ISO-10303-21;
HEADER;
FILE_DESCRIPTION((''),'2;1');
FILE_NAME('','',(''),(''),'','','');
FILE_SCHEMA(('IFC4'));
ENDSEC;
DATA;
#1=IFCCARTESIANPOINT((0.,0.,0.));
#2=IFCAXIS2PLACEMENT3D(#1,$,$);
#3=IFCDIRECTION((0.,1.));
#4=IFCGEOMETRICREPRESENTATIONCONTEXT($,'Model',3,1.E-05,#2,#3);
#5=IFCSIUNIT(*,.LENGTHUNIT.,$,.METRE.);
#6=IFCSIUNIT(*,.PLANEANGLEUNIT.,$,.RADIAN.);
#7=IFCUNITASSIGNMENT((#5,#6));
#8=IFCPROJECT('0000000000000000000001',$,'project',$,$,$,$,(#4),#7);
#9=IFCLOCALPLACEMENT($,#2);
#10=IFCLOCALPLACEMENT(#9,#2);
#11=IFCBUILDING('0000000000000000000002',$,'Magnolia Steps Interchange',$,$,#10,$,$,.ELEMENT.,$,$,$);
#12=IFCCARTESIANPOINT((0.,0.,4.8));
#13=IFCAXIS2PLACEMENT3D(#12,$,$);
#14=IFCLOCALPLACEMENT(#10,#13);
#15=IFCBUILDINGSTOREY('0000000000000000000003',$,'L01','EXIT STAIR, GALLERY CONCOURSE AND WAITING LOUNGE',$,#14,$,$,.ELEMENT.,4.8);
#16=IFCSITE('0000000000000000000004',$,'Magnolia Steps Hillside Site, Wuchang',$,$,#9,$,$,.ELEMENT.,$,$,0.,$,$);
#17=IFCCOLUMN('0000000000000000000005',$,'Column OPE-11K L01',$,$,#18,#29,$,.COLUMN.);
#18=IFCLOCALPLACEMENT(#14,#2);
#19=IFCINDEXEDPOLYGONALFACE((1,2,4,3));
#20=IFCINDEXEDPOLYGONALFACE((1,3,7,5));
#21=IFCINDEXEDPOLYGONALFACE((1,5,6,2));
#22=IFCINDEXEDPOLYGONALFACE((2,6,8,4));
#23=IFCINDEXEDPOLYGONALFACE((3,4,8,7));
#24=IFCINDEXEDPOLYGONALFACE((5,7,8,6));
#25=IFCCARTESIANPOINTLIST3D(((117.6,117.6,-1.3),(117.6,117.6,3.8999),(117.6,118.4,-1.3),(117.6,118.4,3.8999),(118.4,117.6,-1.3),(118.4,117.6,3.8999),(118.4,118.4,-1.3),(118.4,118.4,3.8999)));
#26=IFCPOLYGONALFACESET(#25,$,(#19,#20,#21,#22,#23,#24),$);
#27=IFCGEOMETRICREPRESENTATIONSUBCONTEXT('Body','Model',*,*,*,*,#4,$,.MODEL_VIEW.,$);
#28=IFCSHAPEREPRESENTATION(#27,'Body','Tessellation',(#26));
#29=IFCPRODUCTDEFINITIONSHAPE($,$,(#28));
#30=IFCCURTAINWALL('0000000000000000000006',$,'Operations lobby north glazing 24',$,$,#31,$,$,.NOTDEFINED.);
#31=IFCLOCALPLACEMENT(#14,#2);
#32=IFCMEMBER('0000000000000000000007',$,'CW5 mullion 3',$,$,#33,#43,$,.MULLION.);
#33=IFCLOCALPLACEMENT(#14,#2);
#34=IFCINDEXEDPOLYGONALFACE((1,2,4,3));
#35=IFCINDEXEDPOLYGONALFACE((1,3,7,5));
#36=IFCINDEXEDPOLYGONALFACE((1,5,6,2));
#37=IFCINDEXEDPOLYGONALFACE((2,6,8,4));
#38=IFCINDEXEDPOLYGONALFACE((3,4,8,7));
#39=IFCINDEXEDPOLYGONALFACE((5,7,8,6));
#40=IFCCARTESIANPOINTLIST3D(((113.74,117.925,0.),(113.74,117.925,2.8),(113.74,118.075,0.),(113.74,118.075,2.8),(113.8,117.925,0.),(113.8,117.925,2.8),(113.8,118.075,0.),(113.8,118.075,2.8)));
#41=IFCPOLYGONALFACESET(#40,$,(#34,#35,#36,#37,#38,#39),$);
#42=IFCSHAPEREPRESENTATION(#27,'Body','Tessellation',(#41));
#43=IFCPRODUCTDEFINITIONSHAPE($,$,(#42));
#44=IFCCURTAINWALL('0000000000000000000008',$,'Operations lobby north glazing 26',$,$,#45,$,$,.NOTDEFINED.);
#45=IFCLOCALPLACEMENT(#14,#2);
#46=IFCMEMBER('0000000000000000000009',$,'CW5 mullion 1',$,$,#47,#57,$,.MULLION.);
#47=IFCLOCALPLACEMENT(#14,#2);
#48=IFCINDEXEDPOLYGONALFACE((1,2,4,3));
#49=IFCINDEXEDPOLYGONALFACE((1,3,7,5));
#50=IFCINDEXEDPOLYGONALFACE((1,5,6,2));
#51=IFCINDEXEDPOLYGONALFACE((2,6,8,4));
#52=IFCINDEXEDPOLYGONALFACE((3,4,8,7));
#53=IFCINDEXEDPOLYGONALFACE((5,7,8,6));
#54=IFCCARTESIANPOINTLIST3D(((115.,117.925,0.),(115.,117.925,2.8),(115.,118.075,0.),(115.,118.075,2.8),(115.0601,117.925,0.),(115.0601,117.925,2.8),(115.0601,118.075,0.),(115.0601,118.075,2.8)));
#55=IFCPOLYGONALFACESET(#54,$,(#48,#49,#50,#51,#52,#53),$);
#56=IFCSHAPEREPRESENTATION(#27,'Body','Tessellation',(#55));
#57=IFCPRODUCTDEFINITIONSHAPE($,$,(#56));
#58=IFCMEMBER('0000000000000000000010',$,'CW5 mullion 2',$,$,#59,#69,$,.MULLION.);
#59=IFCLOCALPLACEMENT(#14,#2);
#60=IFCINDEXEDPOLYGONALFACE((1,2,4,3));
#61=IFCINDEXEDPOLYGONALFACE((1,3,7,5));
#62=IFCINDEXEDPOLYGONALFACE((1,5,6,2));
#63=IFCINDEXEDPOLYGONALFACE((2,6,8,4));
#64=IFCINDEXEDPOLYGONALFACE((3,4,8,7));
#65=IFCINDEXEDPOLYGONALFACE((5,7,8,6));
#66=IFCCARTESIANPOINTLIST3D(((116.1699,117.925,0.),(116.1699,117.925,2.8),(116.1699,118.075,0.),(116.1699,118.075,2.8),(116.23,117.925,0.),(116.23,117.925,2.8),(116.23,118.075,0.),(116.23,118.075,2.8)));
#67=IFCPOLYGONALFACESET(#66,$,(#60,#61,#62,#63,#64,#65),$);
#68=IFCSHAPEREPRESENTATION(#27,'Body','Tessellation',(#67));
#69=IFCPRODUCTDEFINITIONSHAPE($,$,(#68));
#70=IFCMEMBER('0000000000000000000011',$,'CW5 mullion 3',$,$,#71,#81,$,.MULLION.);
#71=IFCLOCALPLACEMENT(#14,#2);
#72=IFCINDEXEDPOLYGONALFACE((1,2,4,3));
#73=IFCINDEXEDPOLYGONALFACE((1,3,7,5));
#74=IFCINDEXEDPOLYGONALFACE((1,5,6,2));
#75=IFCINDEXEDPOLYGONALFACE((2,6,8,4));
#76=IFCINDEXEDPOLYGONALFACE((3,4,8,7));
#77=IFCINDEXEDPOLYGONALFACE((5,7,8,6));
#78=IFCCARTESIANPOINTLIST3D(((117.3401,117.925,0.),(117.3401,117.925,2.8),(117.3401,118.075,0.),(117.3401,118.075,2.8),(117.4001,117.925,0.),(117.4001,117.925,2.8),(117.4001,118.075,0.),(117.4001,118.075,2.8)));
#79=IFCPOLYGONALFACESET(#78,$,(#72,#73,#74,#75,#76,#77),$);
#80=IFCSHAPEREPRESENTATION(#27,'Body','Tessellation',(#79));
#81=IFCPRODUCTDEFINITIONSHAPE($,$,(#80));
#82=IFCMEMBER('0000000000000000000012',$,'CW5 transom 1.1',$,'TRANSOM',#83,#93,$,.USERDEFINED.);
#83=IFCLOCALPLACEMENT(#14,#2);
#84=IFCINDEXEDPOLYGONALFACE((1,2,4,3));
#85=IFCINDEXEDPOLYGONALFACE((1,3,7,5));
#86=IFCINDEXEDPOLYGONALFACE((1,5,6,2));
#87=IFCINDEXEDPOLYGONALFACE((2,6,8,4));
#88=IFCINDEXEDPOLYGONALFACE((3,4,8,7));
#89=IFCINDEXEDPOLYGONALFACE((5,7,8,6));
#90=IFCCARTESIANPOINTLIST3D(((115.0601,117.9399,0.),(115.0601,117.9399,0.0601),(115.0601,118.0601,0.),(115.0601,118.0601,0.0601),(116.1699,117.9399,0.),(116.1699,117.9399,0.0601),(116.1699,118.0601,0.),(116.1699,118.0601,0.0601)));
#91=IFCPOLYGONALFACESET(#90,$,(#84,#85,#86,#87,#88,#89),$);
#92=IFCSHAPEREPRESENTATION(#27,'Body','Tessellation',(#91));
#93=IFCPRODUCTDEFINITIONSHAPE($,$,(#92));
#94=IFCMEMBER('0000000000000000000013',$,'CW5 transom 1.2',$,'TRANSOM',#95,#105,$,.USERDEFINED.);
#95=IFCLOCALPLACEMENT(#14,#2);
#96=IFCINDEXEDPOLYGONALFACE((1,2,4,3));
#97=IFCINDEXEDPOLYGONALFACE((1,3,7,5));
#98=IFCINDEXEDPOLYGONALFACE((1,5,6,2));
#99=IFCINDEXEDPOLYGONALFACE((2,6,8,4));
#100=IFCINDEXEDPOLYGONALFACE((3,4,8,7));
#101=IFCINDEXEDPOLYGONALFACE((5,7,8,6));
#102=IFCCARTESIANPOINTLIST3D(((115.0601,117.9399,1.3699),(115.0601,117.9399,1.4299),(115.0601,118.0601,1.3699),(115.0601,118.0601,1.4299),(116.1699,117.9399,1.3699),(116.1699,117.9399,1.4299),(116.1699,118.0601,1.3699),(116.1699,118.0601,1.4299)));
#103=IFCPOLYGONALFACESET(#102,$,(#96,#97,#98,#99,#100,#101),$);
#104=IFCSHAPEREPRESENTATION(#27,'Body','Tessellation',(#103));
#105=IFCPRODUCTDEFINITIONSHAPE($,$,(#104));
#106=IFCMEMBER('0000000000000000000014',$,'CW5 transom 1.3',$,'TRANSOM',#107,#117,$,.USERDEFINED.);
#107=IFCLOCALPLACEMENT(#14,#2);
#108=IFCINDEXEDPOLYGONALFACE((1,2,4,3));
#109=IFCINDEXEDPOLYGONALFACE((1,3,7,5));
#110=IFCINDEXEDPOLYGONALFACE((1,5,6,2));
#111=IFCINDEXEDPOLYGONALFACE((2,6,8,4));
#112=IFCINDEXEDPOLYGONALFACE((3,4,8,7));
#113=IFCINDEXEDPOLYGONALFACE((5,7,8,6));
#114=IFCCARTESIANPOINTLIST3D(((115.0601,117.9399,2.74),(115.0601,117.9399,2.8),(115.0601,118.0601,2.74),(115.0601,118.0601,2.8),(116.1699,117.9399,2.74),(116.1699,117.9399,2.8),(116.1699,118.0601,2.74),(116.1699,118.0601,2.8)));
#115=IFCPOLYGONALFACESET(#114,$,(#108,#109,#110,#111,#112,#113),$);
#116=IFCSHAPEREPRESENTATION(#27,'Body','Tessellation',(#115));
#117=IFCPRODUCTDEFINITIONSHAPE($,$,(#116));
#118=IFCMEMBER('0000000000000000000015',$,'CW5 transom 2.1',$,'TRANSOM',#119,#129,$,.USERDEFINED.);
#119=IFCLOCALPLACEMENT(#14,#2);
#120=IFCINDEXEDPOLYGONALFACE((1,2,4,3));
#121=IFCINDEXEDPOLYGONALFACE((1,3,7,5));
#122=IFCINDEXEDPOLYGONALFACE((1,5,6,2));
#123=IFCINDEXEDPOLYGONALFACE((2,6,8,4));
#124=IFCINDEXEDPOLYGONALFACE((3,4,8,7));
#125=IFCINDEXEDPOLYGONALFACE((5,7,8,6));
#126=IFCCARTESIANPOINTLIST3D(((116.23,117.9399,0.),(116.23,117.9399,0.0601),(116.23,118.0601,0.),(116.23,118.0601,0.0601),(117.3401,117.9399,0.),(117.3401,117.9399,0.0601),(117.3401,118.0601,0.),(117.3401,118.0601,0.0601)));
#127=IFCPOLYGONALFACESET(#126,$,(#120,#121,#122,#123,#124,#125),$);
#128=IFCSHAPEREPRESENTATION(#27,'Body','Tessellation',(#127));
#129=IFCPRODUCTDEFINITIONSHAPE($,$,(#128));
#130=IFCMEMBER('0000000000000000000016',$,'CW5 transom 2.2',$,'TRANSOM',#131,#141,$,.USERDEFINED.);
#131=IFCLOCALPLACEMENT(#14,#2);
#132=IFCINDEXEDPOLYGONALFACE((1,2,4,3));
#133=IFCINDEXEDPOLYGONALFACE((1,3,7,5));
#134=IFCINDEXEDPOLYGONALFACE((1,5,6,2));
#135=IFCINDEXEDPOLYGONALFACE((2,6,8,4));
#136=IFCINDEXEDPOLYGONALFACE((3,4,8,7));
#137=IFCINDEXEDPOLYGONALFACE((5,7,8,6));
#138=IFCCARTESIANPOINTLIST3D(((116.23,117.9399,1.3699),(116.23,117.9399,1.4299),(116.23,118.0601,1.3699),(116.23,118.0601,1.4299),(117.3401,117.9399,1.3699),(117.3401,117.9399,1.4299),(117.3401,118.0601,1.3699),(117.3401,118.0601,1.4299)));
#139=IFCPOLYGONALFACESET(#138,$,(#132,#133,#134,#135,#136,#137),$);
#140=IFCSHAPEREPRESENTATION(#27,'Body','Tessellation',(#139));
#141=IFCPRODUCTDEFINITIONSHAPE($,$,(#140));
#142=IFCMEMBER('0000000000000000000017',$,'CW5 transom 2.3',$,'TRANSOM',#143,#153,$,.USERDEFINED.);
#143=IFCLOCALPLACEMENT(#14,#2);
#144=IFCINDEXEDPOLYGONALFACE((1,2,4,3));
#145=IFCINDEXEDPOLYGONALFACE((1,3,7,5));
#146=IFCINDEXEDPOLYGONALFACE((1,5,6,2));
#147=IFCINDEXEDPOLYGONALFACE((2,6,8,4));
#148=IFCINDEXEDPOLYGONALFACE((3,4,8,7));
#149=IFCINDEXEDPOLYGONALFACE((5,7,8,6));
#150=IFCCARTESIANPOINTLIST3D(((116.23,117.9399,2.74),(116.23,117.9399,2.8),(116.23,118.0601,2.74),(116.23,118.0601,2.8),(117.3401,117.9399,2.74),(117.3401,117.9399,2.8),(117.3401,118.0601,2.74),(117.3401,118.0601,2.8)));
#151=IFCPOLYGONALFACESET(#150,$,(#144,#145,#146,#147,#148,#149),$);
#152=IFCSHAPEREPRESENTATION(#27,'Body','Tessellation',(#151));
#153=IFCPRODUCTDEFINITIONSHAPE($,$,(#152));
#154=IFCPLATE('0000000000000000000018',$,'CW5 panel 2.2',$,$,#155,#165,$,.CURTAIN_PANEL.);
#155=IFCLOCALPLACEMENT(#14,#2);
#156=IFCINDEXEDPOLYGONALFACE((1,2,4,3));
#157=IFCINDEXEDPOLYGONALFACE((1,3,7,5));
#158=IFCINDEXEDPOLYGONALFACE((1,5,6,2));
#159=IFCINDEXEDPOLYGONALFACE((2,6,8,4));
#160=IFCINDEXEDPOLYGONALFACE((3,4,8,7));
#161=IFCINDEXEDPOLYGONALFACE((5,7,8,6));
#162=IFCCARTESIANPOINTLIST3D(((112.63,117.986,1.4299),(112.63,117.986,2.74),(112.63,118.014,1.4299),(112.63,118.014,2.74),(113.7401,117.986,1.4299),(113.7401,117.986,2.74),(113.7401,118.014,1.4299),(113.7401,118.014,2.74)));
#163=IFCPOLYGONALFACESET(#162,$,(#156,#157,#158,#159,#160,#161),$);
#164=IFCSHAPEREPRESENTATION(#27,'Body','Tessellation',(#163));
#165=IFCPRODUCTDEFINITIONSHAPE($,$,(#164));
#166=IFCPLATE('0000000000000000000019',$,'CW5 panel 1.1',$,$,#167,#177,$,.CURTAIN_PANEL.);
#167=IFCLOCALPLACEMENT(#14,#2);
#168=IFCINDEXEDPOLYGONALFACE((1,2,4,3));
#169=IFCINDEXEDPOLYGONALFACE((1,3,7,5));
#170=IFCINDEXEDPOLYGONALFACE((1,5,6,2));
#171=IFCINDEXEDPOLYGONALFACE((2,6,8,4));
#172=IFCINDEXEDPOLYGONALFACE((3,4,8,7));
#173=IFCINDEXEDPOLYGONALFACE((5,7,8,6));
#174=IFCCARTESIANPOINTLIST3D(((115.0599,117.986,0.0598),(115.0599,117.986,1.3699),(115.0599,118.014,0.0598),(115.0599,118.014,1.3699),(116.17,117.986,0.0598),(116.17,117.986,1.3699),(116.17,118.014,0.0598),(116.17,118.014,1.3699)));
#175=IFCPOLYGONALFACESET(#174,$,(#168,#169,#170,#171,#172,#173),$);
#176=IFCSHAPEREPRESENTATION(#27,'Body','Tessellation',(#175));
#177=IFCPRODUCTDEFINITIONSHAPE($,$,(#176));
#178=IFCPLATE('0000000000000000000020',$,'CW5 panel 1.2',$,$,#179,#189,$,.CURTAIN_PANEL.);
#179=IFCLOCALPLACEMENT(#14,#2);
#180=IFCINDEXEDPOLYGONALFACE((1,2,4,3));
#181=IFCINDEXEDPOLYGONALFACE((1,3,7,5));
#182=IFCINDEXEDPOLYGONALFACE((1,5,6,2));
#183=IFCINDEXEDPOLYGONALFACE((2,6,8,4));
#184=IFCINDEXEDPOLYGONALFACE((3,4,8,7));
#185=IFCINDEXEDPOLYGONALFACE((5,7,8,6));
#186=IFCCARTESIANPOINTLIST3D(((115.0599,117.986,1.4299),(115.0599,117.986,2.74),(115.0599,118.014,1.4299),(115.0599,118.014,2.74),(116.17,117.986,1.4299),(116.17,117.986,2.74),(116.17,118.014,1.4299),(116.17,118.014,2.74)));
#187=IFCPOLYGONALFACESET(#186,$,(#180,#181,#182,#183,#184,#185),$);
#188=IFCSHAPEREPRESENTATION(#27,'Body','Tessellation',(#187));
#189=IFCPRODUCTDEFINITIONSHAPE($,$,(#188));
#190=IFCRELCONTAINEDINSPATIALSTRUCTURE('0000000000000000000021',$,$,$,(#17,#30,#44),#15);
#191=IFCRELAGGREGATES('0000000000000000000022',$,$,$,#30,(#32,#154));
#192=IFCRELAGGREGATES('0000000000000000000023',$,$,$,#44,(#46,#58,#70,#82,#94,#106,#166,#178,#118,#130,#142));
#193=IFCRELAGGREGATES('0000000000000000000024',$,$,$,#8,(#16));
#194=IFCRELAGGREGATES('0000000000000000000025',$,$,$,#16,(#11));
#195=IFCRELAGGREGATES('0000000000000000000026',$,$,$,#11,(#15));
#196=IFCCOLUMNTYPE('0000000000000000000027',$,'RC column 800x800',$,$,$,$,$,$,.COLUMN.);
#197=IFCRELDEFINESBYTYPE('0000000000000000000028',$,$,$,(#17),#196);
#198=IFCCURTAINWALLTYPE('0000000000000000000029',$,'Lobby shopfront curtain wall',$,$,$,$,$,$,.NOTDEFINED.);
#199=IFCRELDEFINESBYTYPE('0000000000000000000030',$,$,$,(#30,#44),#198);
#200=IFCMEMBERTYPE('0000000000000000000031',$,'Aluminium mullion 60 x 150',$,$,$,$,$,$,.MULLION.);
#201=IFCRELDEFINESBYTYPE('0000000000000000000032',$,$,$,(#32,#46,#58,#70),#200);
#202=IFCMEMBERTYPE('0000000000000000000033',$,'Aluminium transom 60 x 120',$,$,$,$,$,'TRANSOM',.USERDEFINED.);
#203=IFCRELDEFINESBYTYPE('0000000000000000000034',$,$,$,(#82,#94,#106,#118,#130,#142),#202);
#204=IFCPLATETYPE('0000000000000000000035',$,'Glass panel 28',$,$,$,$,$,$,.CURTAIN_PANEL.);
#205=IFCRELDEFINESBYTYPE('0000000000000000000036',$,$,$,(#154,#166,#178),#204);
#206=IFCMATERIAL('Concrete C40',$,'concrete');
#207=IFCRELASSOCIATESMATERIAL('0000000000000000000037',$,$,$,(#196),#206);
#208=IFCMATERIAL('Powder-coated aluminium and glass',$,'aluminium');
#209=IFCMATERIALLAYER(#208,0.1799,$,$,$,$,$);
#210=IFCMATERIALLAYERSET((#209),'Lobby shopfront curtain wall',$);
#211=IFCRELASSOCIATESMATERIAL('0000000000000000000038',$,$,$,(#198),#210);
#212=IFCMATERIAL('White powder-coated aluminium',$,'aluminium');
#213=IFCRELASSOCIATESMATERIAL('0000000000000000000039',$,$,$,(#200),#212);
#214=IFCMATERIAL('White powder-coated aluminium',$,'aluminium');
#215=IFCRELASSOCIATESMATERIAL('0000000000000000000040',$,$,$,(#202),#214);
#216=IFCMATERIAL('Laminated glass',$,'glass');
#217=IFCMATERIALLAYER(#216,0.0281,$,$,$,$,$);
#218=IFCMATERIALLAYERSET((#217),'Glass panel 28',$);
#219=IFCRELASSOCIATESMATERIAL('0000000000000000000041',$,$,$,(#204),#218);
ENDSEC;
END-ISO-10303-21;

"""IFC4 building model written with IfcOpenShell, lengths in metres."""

from ifc_helpers import new_model, si_unit, direction, frame, origin, origin_2d, place, context, subcontext, project, spatial, rectangle, extrude, material, layer, layer_set, material_profile, profile_set, type_object, element, aggregate, save


model = new_model("IFC4")

# Units and contexts
model_context = context("Model", 3, precision=1e-05, world=origin(), true_north=direction((0.0, 1.0)))
body_context = subcontext(model_context, "Body", "Model", "MODEL_VIEW")
ifc_project = project(units=[si_unit("LENGTHUNIT", "METRE"), si_unit("PLANEANGLEUNIT", "RADIAN")], contexts=[model_context])

# Site, building, storey
site_placement = place(None, origin())
site = spatial("IfcSite", under=ifc_project, at=site_placement, Name="Magnolia Steps Hillside Site, Wuchang", CompositionType="ELEMENT", RefElevation=0.0)
building_placement = place(site_placement, origin())
building = spatial("IfcBuilding", under=site, at=building_placement, Name="Magnolia Steps Interchange", CompositionType="ELEMENT")
storey_placement = place(building_placement, frame((0.0, 0.0, 4.8)))
storey = spatial("IfcBuildingStorey", under=building, at=storey_placement, Name="L01", Description="EXIT STAIR, GALLERY CONCOURSE AND WAITING LOUNGE", CompositionType="ELEMENT", Elevation=4.8)

# Column
ifc_material_1 = material(Name="Concrete C40", Category="concrete")
ifc_material_profile_1 = material_profile(ifc_material_1, rectangle(XDim=0.8, YDim=0.8, at=origin_2d()), Name="RC800x800")
ifc_profile_set_1 = profile_set([ifc_material_profile_1], Name="Concrete C40")
column_type = type_object("IfcColumnType", Name="RC column 800x800", PredefinedType="COLUMN", material=ifc_profile_set_1)
column_placement = place(storey_placement, frame((118.0, 118.0, -1.3), z_axis=(0.0, 0.0, 1.0), x_axis=(1.0, 0.0, 0.0)))
element("IfcColumn", 1, at=column_placement, inside=storey, type_object=column_type, Name="Column OPE-11K L01", PredefinedType="COLUMN", context=body_context, shape_type="SweptSolid", body=[
    extrude(rectangle(XDim=0.8, YDim=0.8, at=origin_2d()), origin(), (0.0, 0.0, 1.0), 5.2),
])

# Curtain wall, member
ifc_material_2 = material(Name="Powder-coated aluminium and glass", Category="aluminium")
ifc_layer_1 = layer(ifc_material_2, 0.1799)
ifc_layer_set_1 = layer_set([ifc_layer_1], Name="Lobby shopfront curtain wall")
curtain_wall_type = type_object("IfcCurtainWallType", Name="Lobby shopfront curtain wall", PredefinedType="NOTDEFINED", material=ifc_layer_set_1)
curtain_wall_1_placement = place(storey_placement, origin())
curtain_wall_1 = element("IfcCurtainWall", 2, at=curtain_wall_1_placement, inside=storey, type_object=curtain_wall_type, Name="Operations lobby north glazing 24", PredefinedType="NOTDEFINED")
ifc_material_3 = material(Name="White powder-coated aluminium", Category="aluminium")
ifc_material_profile_2 = material_profile(ifc_material_3, rectangle(XDim=0.0601, YDim=0.1499, at=origin_2d()), Name="Aluminium mullion 60 x 150")
ifc_profile_set_2 = profile_set([ifc_material_profile_2], Name="White powder-coated aluminium")
member_type_1 = type_object("IfcMemberType", Name="Aluminium mullion 60 x 150", PredefinedType="MULLION", material=ifc_profile_set_2)
member_1_placement = place(storey_placement, frame((113.77, 118.0, 0.0), z_axis=(0.0, 0.0, 1.0), x_axis=(1.0, 0.0, 0.0)))
member_1 = element("IfcMember", 3, at=member_1_placement, type_object=member_type_1, Name="CW5 mullion 3", PredefinedType="MULLION", context=body_context, shape_type="SweptSolid", body=[
    extrude(rectangle(XDim=0.0601, YDim=0.1499, at=origin_2d()), origin(), (0.0, 0.0, 1.0), 2.8),
])

# Curtain wall, members
curtain_wall_2_placement = place(storey_placement, origin())
curtain_wall_2 = element("IfcCurtainWall", 4, at=curtain_wall_2_placement, inside=storey, type_object=curtain_wall_type, Name="Operations lobby north glazing 26", PredefinedType="NOTDEFINED")
member_2_placement = place(storey_placement, frame((115.03, 118.0, 0.0), z_axis=(0.0, 0.0, 1.0), x_axis=(1.0, 0.0, 0.0)))
member_2 = element("IfcMember", 5, at=member_2_placement, type_object=member_type_1, Name="CW5 mullion 1", PredefinedType="MULLION", context=body_context, shape_type="SweptSolid", body=[
    extrude(rectangle(XDim=0.0601, YDim=0.1499, at=origin_2d()), origin(), (0.0, 0.0, 1.0), 2.8),
])
member_3_placement = place(storey_placement, frame((116.2, 118.0, 0.0), z_axis=(0.0, 0.0, 1.0), x_axis=(1.0, 0.0, 0.0)))
member_3 = element("IfcMember", 6, at=member_3_placement, type_object=member_type_1, Name="CW5 mullion 2", PredefinedType="MULLION", context=body_context, shape_type="SweptSolid", body=[
    extrude(rectangle(XDim=0.0601, YDim=0.1499, at=origin_2d()), origin(), (0.0, 0.0, 1.0), 2.8),
])
member_4_placement = place(storey_placement, frame((117.3701, 118.0, 0.0), z_axis=(0.0, 0.0, 1.0), x_axis=(1.0, 0.0, 0.0)))
member_4 = element("IfcMember", 7, at=member_4_placement, type_object=member_type_1, Name="CW5 mullion 3", PredefinedType="MULLION", context=body_context, shape_type="SweptSolid", body=[
    extrude(rectangle(XDim=0.0601, YDim=0.1499, at=origin_2d()), origin(), (0.0, 0.0, 1.0), 2.8),
])
ifc_material_4 = material(Name="White powder-coated aluminium", Category="aluminium")
ifc_material_profile_3 = material_profile(ifc_material_4, rectangle(XDim=0.0601, YDim=0.1201, at=origin_2d()), Name="Aluminium transom 60 x 120")
ifc_profile_set_3 = profile_set([ifc_material_profile_3], Name="White powder-coated aluminium")
member_type_2 = type_object("IfcMemberType", Name="Aluminium transom 60 x 120", ElementType="TRANSOM", PredefinedType="USERDEFINED", material=ifc_profile_set_3)
member_5_placement = place(storey_placement, frame((115.0601, 118.0, 0.03), z_axis=(1.0, 0.0, 0.0), x_axis=(0.0, 0.0, 1.0)))
member_5 = element("IfcMember", 8, at=member_5_placement, type_object=member_type_2, Name="CW5 transom 1.1", ObjectType="TRANSOM", PredefinedType="USERDEFINED", context=body_context, shape_type="SweptSolid", body=[
    extrude(rectangle(XDim=0.0601, YDim=0.1201, at=origin_2d()), origin(), (0.0, 0.0, 1.0), 1.1099),
])
member_6_placement = place(storey_placement, frame((115.0601, 118.0, 1.3999), z_axis=(1.0, 0.0, 0.0), x_axis=(0.0, 0.0, 1.0)))
member_6 = element("IfcMember", 9, at=member_6_placement, type_object=member_type_2, Name="CW5 transom 1.2", ObjectType="TRANSOM", PredefinedType="USERDEFINED", context=body_context, shape_type="SweptSolid", body=[
    extrude(rectangle(XDim=0.0601, YDim=0.1201, at=origin_2d()), origin(), (0.0, 0.0, 1.0), 1.1099),
])
member_7_placement = place(storey_placement, frame((115.0601, 118.0, 2.77), z_axis=(1.0, 0.0, 0.0), x_axis=(0.0, 0.0, 1.0)))
member_7 = element("IfcMember", 10, at=member_7_placement, type_object=member_type_2, Name="CW5 transom 1.3", ObjectType="TRANSOM", PredefinedType="USERDEFINED", context=body_context, shape_type="SweptSolid", body=[
    extrude(rectangle(XDim=0.0601, YDim=0.1201, at=origin_2d()), origin(), (0.0, 0.0, 1.0), 1.1099),
])
member_8_placement = place(storey_placement, frame((116.23, 118.0, 0.03), z_axis=(1.0, 0.0, 0.0), x_axis=(0.0, 0.0, 1.0)))
member_8 = element("IfcMember", 11, at=member_8_placement, type_object=member_type_2, Name="CW5 transom 2.1", ObjectType="TRANSOM", PredefinedType="USERDEFINED", context=body_context, shape_type="SweptSolid", body=[
    extrude(rectangle(XDim=0.0601, YDim=0.1201, at=origin_2d()), origin(), (0.0, 0.0, 1.0), 1.1101),
])
member_9_placement = place(storey_placement, frame((116.23, 118.0, 1.3999), z_axis=(1.0, 0.0, 0.0), x_axis=(0.0, 0.0, 1.0)))
member_9 = element("IfcMember", 12, at=member_9_placement, type_object=member_type_2, Name="CW5 transom 2.2", ObjectType="TRANSOM", PredefinedType="USERDEFINED", context=body_context, shape_type="SweptSolid", body=[
    extrude(rectangle(XDim=0.0601, YDim=0.1201, at=origin_2d()), origin(), (0.0, 0.0, 1.0), 1.1101),
])
member_10_placement = place(storey_placement, frame((116.23, 118.0, 2.77), z_axis=(1.0, 0.0, 0.0), x_axis=(0.0, 0.0, 1.0)))
member_10 = element("IfcMember", 13, at=member_10_placement, type_object=member_type_2, Name="CW5 transom 2.3", ObjectType="TRANSOM", PredefinedType="USERDEFINED", context=body_context, shape_type="SweptSolid", body=[
    extrude(rectangle(XDim=0.0601, YDim=0.1201, at=origin_2d()), origin(), (0.0, 0.0, 1.0), 1.1101),
])

# Plates
ifc_material_5 = material(Name="Laminated glass", Category="glass")
ifc_layer_2 = layer(ifc_material_5, 0.0281)
ifc_layer_set_2 = layer_set([ifc_layer_2], Name="Glass panel 28")
plate_type = type_object("IfcPlateType", Name="Glass panel 28", PredefinedType="CURTAIN_PANEL", material=ifc_layer_set_2)
plate_1_placement = place(storey_placement, frame((113.1851, 118.0, 1.4299), z_axis=(0.0, 0.0, 1.0), x_axis=(1.0, 0.0, 0.0)))
plate_1 = element("IfcPlate", 14, at=plate_1_placement, type_object=plate_type, Name="CW5 panel 2.2", PredefinedType="CURTAIN_PANEL", context=body_context, shape_type="SweptSolid", body=[
    extrude(rectangle(XDim=1.1101, YDim=0.0281, at=origin_2d()), origin(), (0.0, 0.0, 1.0), 1.3101),
])
aggregate(curtain_wall_1, [member_1, plate_1])
plate_2_placement = place(storey_placement, frame((115.615, 118.0, 0.0598), z_axis=(0.0, 0.0, 1.0), x_axis=(1.0, 0.0, 0.0)))
plate_2 = element("IfcPlate", 15, at=plate_2_placement, type_object=plate_type, Name="CW5 panel 1.1", PredefinedType="CURTAIN_PANEL", context=body_context, shape_type="SweptSolid", body=[
    extrude(rectangle(XDim=1.1101, YDim=0.0281, at=origin_2d()), origin(), (0.0, 0.0, 1.0), 1.3101),
])
plate_3_placement = place(storey_placement, frame((115.615, 118.0, 1.4299), z_axis=(0.0, 0.0, 1.0), x_axis=(1.0, 0.0, 0.0)))
plate_3 = element("IfcPlate", 16, at=plate_3_placement, type_object=plate_type, Name="CW5 panel 1.2", PredefinedType="CURTAIN_PANEL", context=body_context, shape_type="SweptSolid", body=[
    extrude(rectangle(XDim=1.1101, YDim=0.0281, at=origin_2d()), origin(), (0.0, 0.0, 1.0), 1.3101),
])
aggregate(curtain_wall_2, [member_2, member_3, member_4, member_5, member_6, member_7, plate_2, plate_3, member_8, member_9, member_10])

save(model, "model.ifc")
